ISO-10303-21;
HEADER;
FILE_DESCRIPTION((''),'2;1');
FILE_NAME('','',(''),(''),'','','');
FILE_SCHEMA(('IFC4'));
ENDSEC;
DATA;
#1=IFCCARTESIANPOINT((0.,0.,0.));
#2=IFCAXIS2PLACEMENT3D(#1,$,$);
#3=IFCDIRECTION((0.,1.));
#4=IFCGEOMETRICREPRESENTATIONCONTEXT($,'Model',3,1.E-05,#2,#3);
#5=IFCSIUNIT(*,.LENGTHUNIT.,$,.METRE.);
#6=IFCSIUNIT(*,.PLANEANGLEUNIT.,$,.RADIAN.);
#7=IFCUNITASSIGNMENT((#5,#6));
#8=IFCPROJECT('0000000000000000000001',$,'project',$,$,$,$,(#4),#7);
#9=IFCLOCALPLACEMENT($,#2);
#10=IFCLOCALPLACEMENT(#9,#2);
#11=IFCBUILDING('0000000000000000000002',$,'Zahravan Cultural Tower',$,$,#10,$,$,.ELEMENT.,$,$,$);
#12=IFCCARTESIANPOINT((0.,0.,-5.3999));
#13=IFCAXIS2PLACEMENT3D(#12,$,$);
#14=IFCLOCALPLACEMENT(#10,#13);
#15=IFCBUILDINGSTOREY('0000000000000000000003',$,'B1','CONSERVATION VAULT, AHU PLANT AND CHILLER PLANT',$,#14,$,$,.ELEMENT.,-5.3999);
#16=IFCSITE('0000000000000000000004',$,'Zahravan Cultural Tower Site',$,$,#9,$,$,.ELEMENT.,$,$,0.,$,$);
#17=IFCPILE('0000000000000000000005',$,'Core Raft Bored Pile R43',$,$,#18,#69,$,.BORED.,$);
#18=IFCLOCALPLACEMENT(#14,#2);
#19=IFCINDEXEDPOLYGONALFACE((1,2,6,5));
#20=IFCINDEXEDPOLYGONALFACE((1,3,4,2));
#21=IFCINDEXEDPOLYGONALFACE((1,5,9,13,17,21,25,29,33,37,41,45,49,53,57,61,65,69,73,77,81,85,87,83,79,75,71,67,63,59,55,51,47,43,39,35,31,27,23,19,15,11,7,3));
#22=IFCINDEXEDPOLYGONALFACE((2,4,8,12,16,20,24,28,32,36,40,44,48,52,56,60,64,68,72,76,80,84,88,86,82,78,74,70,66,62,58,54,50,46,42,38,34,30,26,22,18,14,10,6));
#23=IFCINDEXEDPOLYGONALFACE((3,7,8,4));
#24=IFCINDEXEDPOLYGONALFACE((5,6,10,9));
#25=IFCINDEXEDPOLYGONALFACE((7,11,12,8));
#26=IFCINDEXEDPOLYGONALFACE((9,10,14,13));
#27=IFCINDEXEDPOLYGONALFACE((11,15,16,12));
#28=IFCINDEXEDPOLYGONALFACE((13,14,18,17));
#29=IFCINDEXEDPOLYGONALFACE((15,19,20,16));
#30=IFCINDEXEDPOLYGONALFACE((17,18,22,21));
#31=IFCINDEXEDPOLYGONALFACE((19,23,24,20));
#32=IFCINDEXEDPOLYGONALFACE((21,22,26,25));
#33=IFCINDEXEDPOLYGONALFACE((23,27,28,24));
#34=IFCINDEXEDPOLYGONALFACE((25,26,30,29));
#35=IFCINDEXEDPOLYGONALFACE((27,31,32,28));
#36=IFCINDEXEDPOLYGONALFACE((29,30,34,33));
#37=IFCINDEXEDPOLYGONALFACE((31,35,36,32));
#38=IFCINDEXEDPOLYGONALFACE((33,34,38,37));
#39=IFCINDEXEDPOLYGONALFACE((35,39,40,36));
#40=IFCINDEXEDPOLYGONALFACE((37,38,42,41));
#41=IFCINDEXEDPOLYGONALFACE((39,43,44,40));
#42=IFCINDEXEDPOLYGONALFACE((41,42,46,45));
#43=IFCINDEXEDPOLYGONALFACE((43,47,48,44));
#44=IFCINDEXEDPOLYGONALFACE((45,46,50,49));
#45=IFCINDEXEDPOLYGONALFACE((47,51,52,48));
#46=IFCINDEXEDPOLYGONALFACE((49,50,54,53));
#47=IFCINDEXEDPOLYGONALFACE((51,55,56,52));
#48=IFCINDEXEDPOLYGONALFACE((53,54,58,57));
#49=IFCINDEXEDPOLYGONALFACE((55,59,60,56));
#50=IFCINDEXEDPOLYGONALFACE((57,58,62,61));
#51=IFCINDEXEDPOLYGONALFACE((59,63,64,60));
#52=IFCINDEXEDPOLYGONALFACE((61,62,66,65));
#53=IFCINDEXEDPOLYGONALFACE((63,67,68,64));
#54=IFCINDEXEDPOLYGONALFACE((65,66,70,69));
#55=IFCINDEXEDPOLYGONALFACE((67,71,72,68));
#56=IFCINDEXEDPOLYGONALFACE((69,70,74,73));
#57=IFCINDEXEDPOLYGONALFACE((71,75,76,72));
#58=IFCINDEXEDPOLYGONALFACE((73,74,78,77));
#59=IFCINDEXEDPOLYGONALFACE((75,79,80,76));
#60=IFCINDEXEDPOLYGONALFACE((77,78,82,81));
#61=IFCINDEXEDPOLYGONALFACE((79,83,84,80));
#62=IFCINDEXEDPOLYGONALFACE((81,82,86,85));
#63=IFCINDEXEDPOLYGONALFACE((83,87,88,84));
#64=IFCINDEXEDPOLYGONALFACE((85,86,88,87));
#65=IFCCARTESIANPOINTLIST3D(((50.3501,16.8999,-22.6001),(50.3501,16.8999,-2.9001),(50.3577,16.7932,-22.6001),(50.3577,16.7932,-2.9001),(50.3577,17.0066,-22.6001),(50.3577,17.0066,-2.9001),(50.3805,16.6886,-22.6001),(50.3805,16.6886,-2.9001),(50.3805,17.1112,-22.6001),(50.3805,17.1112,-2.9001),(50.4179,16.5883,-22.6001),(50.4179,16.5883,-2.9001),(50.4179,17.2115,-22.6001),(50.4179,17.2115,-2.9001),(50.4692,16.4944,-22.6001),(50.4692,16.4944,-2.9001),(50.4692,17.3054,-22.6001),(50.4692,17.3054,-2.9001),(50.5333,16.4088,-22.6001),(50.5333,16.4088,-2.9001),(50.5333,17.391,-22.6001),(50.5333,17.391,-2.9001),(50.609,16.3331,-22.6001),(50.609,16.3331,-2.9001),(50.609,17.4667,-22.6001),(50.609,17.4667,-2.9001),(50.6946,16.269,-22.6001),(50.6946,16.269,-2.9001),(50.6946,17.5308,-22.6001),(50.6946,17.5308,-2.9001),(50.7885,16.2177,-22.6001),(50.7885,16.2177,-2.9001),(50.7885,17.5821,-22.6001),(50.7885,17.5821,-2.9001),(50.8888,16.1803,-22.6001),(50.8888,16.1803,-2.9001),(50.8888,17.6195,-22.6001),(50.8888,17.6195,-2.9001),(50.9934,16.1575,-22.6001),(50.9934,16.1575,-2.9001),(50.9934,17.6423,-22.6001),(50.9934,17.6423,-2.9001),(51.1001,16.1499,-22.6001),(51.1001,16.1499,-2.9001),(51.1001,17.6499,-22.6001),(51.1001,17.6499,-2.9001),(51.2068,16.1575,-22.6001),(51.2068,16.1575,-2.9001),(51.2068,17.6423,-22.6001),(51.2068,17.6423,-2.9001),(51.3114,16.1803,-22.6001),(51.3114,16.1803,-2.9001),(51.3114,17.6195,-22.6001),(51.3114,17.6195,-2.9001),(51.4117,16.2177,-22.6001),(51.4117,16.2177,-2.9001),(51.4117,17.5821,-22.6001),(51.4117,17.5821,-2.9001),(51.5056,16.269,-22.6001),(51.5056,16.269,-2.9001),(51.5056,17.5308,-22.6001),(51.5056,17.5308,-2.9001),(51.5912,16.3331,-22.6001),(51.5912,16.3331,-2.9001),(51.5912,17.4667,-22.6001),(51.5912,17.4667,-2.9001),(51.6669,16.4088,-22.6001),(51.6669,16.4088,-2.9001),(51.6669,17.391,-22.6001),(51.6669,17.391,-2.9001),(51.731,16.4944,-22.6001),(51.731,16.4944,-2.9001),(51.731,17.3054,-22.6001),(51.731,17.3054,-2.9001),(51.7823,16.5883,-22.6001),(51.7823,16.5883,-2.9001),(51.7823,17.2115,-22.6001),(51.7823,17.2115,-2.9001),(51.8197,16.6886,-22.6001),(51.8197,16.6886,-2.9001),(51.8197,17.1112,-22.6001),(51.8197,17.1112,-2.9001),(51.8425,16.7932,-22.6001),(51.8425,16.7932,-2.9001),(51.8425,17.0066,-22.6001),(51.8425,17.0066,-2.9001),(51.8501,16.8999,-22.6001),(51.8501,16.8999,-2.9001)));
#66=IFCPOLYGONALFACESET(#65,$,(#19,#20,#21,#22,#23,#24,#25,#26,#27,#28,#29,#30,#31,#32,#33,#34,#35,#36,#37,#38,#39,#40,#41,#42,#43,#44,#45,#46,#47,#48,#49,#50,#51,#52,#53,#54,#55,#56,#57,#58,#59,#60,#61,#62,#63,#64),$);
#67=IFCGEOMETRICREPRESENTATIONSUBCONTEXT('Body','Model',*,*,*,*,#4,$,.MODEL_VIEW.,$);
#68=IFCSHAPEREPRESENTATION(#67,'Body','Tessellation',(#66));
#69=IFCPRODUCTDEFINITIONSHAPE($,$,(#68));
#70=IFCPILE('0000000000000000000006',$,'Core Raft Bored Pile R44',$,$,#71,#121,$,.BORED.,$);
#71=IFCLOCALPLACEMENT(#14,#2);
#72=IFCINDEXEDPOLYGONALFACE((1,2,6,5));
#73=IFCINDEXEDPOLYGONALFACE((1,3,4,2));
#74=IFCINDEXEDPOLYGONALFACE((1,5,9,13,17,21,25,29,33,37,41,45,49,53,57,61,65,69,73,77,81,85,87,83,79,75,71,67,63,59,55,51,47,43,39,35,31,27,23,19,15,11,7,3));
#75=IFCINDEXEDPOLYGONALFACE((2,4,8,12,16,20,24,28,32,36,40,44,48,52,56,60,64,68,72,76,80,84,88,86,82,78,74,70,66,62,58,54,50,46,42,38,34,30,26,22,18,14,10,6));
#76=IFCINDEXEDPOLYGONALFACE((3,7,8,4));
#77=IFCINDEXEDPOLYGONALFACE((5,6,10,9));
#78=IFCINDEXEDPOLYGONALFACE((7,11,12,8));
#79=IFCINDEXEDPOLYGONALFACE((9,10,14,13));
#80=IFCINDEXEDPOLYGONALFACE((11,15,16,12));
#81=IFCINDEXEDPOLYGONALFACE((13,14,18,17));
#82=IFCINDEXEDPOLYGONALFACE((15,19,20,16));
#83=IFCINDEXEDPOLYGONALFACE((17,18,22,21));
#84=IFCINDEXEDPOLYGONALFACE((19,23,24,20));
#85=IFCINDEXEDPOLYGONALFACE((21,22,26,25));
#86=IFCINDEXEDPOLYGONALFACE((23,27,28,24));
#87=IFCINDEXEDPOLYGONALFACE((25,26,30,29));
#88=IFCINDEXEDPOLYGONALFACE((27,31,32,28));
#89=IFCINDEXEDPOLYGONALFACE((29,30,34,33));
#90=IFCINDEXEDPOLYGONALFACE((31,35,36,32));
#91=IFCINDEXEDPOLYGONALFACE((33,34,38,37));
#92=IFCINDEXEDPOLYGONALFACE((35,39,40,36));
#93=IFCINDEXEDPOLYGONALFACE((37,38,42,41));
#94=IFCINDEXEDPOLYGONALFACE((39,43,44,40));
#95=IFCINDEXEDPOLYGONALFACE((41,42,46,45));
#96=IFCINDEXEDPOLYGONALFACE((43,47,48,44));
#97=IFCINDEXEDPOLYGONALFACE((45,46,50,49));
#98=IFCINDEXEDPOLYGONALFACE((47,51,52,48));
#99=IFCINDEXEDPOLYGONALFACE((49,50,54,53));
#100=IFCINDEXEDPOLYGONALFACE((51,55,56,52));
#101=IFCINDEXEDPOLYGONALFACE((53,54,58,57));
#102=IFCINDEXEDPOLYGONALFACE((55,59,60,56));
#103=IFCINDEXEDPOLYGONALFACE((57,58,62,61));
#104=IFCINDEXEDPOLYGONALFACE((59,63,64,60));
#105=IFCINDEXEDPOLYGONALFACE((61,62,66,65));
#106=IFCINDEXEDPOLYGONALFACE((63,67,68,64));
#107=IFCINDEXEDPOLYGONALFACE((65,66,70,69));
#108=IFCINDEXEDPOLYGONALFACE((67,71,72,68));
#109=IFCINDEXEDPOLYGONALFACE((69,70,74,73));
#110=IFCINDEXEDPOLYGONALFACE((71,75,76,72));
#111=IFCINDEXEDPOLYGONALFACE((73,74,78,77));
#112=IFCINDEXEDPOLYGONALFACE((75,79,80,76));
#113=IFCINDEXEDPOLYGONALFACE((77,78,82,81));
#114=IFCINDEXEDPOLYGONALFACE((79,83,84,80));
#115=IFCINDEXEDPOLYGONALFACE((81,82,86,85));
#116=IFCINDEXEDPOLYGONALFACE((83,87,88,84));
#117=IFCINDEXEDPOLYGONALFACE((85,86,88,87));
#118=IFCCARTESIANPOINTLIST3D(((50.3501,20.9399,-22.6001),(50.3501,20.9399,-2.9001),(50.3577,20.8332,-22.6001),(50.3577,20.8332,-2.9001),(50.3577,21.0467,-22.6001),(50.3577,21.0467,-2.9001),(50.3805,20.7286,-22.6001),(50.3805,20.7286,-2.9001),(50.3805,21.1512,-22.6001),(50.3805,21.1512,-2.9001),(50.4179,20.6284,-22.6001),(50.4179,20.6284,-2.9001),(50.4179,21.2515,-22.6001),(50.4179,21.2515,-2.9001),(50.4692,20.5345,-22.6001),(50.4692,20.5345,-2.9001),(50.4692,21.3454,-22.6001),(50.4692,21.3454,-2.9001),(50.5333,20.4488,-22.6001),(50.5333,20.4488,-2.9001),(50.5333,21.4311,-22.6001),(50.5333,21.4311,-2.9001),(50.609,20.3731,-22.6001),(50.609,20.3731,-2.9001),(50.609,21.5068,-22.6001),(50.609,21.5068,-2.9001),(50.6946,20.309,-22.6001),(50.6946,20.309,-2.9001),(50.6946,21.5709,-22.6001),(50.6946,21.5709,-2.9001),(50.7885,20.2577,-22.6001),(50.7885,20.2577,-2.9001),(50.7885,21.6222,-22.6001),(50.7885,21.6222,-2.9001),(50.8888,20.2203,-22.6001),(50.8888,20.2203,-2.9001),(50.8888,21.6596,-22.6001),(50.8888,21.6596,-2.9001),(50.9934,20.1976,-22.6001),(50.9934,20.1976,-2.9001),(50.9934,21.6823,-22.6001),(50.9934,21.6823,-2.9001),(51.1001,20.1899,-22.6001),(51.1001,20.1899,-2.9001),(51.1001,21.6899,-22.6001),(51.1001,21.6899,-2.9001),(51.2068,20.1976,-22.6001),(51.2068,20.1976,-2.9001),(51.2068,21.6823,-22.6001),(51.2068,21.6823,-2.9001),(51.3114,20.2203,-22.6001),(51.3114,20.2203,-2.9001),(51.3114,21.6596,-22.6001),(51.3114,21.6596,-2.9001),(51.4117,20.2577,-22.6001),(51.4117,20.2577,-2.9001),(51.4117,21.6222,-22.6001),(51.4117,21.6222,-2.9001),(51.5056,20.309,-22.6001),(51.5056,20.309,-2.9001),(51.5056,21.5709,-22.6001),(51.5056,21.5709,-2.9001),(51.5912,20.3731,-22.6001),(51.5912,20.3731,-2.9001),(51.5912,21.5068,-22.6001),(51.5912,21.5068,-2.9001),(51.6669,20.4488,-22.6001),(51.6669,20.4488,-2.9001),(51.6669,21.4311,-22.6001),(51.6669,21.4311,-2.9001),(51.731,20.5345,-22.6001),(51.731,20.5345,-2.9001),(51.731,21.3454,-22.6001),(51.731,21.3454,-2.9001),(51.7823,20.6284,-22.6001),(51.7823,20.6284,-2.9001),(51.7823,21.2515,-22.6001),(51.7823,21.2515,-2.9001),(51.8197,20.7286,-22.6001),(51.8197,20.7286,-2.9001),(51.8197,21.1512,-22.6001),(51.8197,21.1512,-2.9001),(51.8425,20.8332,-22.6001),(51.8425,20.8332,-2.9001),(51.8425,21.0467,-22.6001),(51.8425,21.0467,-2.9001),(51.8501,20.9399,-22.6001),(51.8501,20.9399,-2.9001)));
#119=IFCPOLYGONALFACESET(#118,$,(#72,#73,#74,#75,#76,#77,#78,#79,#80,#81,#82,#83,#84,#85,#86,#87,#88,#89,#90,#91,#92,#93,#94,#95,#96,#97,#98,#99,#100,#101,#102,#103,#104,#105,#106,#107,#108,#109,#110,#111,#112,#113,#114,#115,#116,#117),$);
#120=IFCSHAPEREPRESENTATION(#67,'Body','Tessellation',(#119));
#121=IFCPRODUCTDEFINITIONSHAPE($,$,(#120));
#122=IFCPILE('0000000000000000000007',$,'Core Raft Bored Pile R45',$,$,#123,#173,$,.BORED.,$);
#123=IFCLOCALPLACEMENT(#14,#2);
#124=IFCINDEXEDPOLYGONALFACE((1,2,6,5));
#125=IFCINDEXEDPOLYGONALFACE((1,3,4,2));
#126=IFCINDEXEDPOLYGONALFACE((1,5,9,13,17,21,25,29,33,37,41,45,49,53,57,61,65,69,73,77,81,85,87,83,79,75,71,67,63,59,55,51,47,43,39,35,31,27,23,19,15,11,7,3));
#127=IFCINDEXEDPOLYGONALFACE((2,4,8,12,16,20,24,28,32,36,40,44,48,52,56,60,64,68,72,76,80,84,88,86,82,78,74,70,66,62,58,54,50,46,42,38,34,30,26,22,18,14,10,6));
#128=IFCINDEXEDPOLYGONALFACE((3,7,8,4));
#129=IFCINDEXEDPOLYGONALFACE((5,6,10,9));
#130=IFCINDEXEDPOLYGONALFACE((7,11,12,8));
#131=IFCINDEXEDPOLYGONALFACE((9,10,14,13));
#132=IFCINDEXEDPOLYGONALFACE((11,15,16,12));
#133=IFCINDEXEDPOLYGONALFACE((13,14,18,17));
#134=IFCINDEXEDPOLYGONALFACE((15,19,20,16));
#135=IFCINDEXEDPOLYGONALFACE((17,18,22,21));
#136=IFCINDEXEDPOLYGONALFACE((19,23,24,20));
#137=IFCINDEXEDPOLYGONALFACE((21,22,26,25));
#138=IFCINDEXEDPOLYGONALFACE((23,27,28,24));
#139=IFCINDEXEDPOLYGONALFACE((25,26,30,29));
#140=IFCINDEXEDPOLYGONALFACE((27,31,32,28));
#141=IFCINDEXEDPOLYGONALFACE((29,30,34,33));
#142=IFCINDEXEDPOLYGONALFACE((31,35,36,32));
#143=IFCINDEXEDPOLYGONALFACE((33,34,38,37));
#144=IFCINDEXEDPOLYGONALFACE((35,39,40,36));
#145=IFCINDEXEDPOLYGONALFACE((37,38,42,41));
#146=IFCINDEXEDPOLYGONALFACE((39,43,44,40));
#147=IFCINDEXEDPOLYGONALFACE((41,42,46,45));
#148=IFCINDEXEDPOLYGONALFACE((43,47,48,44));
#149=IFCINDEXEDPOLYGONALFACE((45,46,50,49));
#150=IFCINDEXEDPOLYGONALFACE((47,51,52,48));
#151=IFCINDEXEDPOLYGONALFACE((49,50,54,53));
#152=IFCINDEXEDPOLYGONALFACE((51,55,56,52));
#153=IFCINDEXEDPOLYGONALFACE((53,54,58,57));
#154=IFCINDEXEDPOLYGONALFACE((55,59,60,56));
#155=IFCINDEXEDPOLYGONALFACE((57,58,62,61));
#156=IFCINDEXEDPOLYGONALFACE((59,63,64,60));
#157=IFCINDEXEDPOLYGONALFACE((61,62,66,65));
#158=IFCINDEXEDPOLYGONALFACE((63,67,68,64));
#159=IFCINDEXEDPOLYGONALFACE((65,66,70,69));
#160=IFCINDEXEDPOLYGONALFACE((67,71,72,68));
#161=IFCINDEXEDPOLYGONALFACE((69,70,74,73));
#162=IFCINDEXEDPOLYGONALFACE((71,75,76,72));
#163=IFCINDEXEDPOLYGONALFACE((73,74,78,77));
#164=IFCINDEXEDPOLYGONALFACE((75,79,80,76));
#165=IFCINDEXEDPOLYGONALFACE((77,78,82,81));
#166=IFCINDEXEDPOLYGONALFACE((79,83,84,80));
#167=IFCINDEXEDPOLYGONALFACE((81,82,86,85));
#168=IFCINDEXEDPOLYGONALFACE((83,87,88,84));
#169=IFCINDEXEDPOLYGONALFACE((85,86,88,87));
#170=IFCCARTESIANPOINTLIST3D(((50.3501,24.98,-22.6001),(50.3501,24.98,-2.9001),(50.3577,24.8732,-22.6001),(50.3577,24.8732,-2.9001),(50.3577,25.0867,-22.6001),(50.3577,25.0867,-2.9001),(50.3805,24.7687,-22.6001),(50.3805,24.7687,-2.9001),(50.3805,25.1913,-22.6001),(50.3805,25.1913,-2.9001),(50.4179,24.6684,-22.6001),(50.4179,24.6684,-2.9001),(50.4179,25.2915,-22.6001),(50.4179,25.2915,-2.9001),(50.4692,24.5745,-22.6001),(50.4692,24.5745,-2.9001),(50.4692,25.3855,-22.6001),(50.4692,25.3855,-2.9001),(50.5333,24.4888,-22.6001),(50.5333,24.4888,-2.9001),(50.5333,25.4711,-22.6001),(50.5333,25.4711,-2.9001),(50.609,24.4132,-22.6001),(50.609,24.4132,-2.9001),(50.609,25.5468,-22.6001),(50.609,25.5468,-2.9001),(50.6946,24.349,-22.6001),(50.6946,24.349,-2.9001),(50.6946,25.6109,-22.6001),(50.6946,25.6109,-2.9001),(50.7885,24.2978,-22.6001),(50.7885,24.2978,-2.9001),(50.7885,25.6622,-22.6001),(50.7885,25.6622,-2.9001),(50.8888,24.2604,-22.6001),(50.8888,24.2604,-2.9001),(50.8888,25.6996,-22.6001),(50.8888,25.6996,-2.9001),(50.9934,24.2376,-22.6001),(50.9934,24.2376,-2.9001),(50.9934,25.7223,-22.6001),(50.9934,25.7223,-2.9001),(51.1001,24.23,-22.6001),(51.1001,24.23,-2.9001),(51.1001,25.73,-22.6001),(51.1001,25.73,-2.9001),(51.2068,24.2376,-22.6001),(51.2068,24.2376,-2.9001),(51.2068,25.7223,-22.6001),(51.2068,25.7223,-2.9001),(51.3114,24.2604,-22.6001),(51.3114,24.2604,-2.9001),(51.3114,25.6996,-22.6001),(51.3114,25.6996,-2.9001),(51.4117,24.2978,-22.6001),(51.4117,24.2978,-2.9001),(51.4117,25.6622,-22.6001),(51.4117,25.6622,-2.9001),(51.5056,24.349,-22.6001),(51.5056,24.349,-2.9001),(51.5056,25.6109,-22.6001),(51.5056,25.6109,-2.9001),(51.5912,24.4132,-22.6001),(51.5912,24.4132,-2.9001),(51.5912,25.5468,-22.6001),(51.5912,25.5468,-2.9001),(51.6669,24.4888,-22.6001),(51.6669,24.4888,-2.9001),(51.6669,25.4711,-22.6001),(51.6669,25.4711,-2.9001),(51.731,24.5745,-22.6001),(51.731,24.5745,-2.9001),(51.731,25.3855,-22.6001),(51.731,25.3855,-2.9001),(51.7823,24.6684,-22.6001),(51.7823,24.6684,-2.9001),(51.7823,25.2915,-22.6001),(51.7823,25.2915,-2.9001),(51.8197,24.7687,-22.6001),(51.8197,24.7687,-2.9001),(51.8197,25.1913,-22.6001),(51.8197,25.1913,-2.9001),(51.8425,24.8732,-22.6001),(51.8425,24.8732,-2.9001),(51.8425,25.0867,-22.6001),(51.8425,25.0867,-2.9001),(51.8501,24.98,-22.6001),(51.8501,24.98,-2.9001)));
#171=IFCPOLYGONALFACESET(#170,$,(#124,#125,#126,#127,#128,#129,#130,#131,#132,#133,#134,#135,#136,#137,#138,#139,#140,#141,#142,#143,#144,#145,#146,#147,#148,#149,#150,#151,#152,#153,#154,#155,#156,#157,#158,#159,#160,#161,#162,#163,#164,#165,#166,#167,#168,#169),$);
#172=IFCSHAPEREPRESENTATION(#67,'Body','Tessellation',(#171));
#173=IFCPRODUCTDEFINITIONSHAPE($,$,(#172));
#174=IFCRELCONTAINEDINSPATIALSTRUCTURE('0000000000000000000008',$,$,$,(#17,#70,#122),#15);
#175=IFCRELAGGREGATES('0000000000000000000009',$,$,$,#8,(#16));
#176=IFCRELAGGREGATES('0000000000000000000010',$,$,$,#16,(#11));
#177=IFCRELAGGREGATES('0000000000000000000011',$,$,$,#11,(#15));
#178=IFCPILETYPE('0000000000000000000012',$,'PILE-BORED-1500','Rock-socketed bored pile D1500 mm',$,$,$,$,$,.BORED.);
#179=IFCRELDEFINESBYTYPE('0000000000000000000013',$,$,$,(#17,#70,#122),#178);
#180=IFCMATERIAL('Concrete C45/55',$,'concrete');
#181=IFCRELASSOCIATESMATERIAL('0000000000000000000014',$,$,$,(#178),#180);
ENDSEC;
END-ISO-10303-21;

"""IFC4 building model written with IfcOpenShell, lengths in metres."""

from ifc_helpers import new_model, si_unit, direction, frame, origin, origin_2d, place, context, subcontext, project, spatial, circle, extrude, material, material_profile, profile_set, type_object, element, save


model = new_model("IFC4")

# Units and contexts
model_context = context("Model", 3, precision=1e-05, world=origin(), true_north=direction((0.0, 1.0)))
body_context = subcontext(model_context, "Body", "Model", "MODEL_VIEW")
ifc_project = project(units=[si_unit("LENGTHUNIT", "METRE"), si_unit("PLANEANGLEUNIT", "RADIAN")], contexts=[model_context])

# Site, building, storey
site_placement = place(None, origin())
site = spatial("IfcSite", under=ifc_project, at=site_placement, Name="Zahravan Cultural Tower Site", CompositionType="ELEMENT", RefElevation=0.0)
building_placement = place(site_placement, origin())
building = spatial("IfcBuilding", under=site, at=building_placement, Name="Zahravan Cultural Tower", CompositionType="ELEMENT")
storey_placement = place(building_placement, frame((0.0, 0.0, -5.3999)))
storey = spatial("IfcBuildingStorey", under=building, at=storey_placement, Name="B1", Description="CONSERVATION VAULT, AHU PLANT AND CHILLER PLANT", CompositionType="ELEMENT", Elevation=-5.3999)

# Piles
ifc_material_1 = material(Name="Concrete C45/55", Category="concrete")
ifc_material_profile_1 = material_profile(ifc_material_1, circle(Radius=0.75, at=origin_2d()), Name="PILE-D1500")
ifc_profile_set_1 = profile_set([ifc_material_profile_1], Name="Concrete C45/55")
pile_type_1 = type_object("IfcPileType", Name="PILE-BORED-1500", Description="Rock-socketed bored pile D1500 mm", PredefinedType="BORED", material=ifc_profile_set_1)
for number, where, z_axis, x_axis, name in (
    (1, (51.1001, 16.8999, -2.9001), (0.0, 0.0, -1.0), (1.0, 0.0, 0.0), "Core Raft Bored Pile R43"),
    (2, (51.1001, 20.9399, -2.9001), (0.0, 0.0, -1.0), (1.0, 0.0, 0.0), "Core Raft Bored Pile R44"),
    (3, (51.1001, 24.98, -2.9001), (0.0, 0.0, -1.0), (1.0, 0.0, 0.0), "Core Raft Bored Pile R45"),
):
    element("IfcPile", number, at=place(storey_placement, frame(where, z_axis=z_axis, x_axis=x_axis)), inside=storey, type_object=pile_type_1, Name=name, PredefinedType="BORED", context=body_context, shape_type="SweptSolid", body=[
        extrude(circle(Radius=0.75, at=origin_2d()), origin(), (0.0, 0.0, 1.0), 19.7),
    ])

save(model, "model.ifc")
